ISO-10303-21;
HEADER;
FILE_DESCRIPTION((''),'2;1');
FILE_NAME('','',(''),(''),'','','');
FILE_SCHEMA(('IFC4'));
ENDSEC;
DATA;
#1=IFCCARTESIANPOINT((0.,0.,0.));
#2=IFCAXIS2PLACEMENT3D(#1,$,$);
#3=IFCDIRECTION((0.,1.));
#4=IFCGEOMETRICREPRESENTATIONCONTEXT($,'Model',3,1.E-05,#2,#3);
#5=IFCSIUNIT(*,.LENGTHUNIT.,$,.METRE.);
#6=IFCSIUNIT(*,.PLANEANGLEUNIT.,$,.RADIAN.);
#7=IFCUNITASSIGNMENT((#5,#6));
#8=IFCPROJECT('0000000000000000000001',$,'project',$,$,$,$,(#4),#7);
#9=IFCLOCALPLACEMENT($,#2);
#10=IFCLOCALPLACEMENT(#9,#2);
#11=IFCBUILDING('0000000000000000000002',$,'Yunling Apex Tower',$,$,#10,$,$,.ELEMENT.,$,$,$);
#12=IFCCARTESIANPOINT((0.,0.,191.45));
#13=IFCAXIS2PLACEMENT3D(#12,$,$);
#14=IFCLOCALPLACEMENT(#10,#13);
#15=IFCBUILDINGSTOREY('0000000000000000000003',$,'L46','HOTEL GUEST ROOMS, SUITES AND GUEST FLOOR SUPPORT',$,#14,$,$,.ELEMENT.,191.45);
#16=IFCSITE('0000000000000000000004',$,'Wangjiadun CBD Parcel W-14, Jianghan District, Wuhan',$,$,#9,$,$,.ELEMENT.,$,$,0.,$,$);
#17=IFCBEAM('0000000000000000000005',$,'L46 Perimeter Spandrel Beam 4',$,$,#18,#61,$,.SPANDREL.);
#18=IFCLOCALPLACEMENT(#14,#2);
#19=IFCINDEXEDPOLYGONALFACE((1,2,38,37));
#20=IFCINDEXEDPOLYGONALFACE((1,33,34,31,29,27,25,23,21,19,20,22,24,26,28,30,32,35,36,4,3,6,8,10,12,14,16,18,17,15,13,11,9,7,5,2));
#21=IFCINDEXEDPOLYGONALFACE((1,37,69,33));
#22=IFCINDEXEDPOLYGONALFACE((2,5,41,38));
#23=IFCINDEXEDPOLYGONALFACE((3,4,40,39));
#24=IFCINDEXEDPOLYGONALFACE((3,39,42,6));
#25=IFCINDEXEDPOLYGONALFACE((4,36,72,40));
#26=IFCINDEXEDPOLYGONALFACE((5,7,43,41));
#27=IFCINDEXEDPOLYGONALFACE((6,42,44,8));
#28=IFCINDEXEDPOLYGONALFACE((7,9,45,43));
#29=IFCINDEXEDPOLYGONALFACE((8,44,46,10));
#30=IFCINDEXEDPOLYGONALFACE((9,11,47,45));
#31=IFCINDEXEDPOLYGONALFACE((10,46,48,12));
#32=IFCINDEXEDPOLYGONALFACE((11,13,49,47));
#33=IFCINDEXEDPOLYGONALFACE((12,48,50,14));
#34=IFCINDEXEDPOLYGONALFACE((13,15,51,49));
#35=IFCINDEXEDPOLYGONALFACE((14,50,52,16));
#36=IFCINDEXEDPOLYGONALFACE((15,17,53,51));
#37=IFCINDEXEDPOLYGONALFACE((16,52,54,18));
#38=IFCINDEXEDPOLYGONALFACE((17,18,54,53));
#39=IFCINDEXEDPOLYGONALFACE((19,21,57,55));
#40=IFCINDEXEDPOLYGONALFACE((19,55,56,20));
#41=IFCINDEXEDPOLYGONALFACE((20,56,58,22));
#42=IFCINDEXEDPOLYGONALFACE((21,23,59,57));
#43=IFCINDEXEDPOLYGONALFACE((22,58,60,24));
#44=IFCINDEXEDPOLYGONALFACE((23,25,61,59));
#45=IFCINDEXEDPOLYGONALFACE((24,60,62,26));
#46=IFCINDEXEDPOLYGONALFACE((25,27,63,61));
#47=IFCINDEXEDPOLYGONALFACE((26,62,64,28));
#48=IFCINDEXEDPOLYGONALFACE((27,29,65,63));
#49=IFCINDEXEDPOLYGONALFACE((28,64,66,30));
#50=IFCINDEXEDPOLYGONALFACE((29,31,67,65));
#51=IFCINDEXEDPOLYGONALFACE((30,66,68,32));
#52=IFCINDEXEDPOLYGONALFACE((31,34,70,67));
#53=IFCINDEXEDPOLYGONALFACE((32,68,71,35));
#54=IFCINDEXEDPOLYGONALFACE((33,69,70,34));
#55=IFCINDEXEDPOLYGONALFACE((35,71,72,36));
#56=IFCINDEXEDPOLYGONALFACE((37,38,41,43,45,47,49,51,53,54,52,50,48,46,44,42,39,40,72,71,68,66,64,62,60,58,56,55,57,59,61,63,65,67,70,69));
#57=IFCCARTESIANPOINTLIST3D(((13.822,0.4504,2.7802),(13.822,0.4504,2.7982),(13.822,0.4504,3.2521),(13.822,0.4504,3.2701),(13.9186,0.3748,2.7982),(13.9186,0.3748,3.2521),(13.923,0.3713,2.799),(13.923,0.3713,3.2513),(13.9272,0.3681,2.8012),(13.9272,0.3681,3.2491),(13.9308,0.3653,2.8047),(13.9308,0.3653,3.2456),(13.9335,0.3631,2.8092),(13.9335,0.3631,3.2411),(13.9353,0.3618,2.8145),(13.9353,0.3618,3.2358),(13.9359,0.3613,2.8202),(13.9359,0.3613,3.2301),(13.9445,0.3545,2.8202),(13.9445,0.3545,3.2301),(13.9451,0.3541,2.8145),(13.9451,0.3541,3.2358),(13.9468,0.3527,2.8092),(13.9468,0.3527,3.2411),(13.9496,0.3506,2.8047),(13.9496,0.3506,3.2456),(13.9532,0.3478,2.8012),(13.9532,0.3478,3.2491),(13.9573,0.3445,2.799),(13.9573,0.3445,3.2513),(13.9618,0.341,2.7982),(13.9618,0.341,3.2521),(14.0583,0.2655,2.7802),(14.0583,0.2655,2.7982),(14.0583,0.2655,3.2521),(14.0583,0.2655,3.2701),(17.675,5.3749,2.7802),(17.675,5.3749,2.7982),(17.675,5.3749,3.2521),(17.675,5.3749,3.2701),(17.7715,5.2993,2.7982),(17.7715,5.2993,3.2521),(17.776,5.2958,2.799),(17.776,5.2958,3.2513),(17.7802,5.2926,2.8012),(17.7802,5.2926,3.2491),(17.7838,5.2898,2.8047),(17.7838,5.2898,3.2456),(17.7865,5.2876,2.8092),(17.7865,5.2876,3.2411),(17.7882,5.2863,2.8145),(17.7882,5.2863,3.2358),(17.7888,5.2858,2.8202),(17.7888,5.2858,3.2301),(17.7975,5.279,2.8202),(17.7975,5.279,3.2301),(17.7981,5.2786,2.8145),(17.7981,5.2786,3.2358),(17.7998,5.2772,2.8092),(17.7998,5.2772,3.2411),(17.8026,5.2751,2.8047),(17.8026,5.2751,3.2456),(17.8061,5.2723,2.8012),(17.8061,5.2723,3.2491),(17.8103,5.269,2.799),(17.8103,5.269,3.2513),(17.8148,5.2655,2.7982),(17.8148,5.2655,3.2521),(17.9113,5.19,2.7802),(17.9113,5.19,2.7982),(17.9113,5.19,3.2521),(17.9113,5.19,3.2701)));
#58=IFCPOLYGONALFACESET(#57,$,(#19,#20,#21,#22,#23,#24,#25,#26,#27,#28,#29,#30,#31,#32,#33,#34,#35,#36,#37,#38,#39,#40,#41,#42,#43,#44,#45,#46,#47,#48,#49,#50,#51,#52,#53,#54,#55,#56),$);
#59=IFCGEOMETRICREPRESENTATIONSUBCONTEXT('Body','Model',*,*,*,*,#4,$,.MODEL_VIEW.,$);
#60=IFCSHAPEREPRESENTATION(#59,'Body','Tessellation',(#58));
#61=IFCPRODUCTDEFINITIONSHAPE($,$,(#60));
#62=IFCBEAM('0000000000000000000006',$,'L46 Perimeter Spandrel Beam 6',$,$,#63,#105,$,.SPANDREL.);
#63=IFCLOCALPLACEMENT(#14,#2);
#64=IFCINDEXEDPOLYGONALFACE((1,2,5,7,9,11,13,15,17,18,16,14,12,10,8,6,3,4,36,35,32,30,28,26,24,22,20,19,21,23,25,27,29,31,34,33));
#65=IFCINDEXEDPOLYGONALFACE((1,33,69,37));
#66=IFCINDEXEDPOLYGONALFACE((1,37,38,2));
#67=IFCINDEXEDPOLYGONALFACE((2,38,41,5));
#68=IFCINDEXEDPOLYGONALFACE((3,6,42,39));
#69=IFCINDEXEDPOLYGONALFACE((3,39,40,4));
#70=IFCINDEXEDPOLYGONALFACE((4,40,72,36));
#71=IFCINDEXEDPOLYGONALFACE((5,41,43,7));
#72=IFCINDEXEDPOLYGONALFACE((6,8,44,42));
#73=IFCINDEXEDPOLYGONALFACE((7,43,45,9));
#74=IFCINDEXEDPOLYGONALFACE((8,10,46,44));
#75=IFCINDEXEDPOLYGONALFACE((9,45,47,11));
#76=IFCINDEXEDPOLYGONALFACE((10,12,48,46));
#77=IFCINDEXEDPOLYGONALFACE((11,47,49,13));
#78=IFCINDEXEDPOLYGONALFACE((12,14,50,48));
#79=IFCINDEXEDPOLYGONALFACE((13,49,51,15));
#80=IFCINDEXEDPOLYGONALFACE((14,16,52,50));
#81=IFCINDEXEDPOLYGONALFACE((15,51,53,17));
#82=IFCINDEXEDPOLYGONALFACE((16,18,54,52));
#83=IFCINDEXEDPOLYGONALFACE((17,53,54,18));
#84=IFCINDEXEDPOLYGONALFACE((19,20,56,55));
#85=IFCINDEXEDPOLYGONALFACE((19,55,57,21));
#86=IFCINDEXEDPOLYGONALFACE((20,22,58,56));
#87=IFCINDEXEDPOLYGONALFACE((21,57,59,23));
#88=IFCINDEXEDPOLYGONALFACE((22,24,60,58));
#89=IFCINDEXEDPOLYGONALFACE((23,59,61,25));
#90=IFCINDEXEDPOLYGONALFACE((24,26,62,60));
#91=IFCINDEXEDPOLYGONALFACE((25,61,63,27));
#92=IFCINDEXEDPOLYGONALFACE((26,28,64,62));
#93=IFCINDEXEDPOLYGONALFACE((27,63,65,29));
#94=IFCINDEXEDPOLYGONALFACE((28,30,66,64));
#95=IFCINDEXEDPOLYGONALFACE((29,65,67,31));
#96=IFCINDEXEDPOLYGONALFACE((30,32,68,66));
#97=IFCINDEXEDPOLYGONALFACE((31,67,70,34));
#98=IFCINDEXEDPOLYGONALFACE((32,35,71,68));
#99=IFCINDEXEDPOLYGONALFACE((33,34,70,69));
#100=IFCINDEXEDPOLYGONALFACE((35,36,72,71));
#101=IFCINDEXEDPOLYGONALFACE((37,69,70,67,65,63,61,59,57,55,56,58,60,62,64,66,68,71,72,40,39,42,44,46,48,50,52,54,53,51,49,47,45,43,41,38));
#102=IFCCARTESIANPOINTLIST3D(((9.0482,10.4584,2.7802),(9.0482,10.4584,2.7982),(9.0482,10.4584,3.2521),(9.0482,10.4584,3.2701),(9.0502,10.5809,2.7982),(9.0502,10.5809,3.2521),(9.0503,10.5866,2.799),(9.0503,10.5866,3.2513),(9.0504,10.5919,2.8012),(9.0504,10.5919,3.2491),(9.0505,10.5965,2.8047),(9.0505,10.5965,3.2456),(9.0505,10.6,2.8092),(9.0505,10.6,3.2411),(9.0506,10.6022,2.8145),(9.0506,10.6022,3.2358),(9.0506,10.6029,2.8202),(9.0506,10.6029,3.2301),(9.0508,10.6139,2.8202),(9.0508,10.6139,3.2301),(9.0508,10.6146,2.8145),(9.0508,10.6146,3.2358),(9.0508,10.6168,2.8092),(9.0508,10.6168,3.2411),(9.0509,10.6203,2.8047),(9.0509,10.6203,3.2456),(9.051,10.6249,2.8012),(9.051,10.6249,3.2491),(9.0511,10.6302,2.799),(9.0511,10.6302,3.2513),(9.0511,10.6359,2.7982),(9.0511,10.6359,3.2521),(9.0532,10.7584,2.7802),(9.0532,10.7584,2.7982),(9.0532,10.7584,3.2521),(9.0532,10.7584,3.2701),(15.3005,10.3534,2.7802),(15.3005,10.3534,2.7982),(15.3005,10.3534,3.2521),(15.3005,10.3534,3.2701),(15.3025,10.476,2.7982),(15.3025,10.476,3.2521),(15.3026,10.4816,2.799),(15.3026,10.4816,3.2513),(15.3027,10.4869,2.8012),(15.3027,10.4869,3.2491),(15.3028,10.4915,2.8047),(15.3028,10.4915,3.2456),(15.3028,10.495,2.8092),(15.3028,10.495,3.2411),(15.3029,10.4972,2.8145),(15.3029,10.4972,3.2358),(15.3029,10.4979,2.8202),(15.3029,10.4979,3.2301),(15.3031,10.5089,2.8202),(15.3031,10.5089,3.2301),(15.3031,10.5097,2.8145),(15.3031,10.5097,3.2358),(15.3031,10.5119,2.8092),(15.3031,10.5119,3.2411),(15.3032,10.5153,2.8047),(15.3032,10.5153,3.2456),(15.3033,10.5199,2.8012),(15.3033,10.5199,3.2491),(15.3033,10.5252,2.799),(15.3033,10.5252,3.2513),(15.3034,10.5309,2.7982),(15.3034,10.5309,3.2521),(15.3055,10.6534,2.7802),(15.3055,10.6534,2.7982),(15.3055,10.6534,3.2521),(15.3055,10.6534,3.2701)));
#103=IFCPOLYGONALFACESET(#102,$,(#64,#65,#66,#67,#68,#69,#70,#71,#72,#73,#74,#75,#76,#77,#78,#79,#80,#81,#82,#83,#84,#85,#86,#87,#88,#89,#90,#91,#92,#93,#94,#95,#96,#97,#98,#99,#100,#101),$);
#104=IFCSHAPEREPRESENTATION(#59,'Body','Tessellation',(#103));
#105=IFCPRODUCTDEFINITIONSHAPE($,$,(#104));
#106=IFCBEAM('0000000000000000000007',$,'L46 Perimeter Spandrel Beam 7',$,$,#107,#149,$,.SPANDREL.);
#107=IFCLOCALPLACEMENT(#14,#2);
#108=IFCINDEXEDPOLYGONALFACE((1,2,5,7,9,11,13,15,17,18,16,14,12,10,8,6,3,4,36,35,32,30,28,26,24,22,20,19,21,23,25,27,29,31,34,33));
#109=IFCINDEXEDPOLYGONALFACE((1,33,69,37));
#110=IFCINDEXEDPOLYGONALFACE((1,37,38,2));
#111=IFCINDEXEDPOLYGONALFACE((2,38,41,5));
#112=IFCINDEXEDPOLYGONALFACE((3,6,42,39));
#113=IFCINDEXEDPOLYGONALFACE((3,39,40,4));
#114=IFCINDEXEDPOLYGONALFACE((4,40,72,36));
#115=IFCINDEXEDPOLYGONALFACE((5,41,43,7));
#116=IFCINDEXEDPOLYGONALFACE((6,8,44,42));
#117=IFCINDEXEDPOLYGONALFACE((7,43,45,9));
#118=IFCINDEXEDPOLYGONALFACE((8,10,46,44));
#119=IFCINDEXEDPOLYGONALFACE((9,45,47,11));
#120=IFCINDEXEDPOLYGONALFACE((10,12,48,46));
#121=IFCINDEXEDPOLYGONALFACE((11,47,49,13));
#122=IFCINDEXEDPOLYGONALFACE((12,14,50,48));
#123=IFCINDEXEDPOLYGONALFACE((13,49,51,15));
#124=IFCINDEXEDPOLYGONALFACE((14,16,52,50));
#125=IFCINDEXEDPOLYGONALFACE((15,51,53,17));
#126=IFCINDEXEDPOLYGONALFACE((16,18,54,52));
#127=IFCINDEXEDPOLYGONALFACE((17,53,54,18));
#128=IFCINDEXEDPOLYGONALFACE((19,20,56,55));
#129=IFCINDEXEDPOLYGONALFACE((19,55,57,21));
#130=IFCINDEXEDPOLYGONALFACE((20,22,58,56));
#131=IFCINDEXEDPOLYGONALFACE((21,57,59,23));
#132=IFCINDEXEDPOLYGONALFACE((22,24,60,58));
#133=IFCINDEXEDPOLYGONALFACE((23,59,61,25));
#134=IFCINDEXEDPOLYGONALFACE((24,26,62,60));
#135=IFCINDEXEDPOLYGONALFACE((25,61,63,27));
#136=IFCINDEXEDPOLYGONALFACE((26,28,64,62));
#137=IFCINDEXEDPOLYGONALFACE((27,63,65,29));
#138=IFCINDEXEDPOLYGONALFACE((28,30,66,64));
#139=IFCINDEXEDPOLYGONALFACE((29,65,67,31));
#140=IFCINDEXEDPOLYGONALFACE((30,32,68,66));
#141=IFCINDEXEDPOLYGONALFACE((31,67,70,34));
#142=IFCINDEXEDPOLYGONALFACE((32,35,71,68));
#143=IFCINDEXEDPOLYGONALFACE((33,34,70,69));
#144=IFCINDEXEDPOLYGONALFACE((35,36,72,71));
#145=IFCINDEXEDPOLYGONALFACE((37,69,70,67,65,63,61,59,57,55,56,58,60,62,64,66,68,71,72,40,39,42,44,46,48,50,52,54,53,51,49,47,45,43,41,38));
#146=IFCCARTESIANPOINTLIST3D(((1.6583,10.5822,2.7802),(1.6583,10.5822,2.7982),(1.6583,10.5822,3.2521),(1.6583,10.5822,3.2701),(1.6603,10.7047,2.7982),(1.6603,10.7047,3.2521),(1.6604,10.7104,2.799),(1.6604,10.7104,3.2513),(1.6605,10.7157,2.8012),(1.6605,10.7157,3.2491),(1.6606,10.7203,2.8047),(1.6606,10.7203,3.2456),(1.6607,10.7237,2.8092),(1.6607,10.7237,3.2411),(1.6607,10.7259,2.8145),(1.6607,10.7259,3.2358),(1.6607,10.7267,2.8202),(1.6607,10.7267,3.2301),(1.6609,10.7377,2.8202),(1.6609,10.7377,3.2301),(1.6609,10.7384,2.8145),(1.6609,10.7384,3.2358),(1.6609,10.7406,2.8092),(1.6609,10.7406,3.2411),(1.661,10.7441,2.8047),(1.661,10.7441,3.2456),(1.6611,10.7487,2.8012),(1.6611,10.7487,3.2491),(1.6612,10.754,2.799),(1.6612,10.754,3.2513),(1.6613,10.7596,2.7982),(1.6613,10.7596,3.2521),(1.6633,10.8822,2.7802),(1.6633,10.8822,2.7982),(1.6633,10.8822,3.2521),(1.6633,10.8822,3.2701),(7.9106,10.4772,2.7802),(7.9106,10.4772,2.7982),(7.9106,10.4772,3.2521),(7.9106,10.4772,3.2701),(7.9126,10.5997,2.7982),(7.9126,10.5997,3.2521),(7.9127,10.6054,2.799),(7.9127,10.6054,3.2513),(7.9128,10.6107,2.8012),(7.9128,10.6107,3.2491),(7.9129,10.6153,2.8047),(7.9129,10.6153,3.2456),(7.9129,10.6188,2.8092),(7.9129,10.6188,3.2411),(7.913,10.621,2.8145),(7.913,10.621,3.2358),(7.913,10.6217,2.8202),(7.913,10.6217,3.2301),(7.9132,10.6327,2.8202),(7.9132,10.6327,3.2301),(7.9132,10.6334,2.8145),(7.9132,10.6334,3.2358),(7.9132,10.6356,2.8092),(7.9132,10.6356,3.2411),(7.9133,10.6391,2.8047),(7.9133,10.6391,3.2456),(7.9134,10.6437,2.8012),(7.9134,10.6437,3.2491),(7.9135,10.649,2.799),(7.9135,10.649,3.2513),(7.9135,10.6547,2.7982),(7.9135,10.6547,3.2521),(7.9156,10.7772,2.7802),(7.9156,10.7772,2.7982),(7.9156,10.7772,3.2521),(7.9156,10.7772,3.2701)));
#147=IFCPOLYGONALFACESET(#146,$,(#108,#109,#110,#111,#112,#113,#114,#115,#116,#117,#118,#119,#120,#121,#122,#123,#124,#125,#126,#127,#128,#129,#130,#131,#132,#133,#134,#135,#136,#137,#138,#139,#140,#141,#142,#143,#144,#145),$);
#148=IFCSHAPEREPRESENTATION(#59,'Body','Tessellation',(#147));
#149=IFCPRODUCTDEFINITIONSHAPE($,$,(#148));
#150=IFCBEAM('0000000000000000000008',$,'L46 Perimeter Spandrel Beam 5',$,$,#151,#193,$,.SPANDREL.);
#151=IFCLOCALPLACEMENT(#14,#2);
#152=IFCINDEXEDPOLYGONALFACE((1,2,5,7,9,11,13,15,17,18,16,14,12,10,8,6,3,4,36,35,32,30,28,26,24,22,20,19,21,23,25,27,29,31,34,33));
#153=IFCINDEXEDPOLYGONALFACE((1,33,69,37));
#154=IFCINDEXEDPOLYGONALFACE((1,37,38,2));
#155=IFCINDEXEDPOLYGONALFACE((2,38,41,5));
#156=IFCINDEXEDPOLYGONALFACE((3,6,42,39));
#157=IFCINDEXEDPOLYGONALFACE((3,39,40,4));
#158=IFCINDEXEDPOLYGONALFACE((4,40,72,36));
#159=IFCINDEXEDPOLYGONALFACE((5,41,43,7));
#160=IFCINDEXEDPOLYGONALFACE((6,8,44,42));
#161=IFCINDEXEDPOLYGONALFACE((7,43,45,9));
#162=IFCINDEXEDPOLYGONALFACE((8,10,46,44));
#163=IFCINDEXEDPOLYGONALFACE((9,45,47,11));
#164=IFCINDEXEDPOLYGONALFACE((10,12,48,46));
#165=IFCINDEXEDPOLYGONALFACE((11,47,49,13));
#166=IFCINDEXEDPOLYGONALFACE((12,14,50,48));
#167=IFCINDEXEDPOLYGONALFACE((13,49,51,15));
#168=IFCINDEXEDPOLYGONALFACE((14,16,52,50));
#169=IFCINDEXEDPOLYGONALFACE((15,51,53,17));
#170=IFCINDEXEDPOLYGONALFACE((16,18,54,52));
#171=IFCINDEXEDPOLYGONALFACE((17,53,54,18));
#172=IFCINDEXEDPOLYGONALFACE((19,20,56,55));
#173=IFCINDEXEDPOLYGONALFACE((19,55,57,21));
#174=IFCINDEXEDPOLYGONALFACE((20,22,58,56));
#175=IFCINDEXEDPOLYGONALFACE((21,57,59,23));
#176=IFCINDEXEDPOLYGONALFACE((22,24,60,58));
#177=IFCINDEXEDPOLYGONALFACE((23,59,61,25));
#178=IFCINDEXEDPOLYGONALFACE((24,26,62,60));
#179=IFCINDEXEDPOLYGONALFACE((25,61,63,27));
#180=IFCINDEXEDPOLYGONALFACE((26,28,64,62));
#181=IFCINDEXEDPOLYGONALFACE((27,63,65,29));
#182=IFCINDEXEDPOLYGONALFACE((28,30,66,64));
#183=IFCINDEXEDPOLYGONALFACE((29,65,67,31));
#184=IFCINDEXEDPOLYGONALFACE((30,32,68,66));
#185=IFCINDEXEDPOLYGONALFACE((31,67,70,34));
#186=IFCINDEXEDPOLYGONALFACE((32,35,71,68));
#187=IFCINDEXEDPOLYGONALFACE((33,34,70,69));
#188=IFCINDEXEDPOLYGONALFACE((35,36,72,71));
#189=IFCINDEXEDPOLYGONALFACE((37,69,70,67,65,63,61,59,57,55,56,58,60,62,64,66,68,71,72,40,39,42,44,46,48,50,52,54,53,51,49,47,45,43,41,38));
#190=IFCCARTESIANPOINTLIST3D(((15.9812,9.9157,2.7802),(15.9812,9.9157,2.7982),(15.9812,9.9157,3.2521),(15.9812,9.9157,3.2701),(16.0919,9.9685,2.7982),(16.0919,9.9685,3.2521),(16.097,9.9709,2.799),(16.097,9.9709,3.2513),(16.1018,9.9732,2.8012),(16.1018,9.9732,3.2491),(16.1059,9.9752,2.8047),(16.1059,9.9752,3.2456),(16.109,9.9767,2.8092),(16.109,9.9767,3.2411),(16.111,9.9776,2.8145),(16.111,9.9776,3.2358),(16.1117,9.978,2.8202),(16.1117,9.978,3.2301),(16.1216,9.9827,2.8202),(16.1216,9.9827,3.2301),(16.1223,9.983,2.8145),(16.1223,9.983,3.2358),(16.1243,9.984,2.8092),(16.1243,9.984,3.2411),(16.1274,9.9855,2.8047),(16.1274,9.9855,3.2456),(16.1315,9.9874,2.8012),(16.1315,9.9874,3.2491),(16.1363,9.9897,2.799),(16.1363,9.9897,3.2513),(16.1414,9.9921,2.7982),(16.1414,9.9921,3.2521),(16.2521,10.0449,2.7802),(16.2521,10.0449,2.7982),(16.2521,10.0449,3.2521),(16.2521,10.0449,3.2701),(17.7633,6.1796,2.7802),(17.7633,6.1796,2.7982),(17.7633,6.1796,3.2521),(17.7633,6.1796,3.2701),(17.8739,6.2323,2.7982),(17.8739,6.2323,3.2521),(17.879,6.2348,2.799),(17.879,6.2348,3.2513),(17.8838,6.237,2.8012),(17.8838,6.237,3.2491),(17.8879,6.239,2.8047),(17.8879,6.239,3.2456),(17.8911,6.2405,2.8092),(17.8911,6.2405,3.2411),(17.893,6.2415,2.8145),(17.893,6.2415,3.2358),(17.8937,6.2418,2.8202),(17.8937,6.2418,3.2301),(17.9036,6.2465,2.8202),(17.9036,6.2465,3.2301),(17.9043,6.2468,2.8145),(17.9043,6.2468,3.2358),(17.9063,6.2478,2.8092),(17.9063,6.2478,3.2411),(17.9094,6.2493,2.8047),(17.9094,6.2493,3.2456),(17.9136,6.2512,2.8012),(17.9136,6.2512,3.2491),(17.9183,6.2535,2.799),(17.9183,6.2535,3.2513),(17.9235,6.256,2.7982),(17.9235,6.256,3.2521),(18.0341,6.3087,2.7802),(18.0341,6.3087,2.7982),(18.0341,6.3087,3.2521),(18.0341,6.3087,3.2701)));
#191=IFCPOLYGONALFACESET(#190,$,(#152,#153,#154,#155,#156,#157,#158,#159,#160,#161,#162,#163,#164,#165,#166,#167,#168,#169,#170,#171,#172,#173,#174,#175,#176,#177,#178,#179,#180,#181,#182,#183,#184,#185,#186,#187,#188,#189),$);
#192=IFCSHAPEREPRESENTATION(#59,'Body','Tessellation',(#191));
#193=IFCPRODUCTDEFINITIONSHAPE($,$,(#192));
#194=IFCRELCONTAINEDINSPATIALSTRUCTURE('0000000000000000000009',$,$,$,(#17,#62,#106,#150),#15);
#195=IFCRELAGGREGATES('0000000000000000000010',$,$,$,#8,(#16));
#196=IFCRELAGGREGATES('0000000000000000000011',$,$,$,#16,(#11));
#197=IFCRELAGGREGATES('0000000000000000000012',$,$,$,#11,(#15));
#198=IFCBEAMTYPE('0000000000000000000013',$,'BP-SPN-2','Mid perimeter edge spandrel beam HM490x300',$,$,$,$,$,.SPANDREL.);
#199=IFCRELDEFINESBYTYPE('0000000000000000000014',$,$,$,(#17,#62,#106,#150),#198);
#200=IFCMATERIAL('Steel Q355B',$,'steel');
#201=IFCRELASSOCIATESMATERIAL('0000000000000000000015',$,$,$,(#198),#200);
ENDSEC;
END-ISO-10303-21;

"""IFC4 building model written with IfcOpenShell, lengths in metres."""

from ifc_helpers import new_model, si_unit, direction, frame, origin, origin_2d, place, context, subcontext, project, spatial, i_section, extrude, source, transform, mapped, material, material_profile, profile_set, type_object, element, save


model = new_model("IFC4")

# Units and contexts
model_context = context("Model", 3, precision=1e-05, world=origin(), true_north=direction((0.0, 1.0)))
body_context = subcontext(model_context, "Body", "Model", "MODEL_VIEW")
ifc_project = project(units=[si_unit("LENGTHUNIT", "METRE"), si_unit("PLANEANGLEUNIT", "RADIAN")], contexts=[model_context])

# Site, building, storey
site_placement = place(None, origin())
site = spatial("IfcSite", under=ifc_project, at=site_placement, Name="Wangjiadun CBD Parcel W-14, Jianghan District, Wuhan", CompositionType="ELEMENT", RefElevation=0.0)
building_placement = place(site_placement, origin())
building = spatial("IfcBuilding", under=site, at=building_placement, Name="Yunling Apex Tower", CompositionType="ELEMENT")
storey_placement = place(building_placement, frame((0.0, 0.0, 191.45)))
storey = spatial("IfcBuildingStorey", under=building, at=storey_placement, Name="L46", Description="HOTEL GUEST ROOMS, SUITES AND GUEST FLOOR SUPPORT", CompositionType="ELEMENT", Elevation=191.45)

# Beams
ifc_material_1 = material(Name="Steel Q355B", Category="steel")
ifc_material_profile_1 = material_profile(ifc_material_1, i_section(OverallWidth=0.3, OverallDepth=0.49, WebThickness=0.011, FlangeThickness=0.0181, FilletRadius=0.022, at=origin_2d()))
ifc_profile_set_1 = profile_set([ifc_material_profile_1], Name="Steel Q355B")
beam_type_1 = type_object("IfcBeamType", Name="BP-SPN-2", Description="Mid perimeter edge spandrel beam HM490x300", PredefinedType="SPANDREL", material=ifc_profile_set_1)
shared_shape_1 = source(origin(), body_context, "Body", "SweptSolid", [
    extrude(i_section(OverallWidth=0.3, OverallDepth=0.49, WebThickness=0.011, FlangeThickness=0.0181, FilletRadius=0.022, at=origin_2d()), origin(), (0.0, 0.0, 1.0), 6.2527),
])
beam_1_placement = place(storey_placement, frame((13.9402, 0.3579, 3.0251), z_axis=(0.616211, 0.787581, 0.0), x_axis=(-0.787581, 0.616211, 0.0)))
element("IfcBeam", 1, at=beam_1_placement, inside=storey, type_object=beam_type_1, Name="L46 Perimeter Spandrel Beam 4", PredefinedType="SPANDREL", context=body_context, shape_type="MappedRepresentation", body=[
    mapped(shared_shape_1, transform((0.0, 0.0, 0.0), scale=1.0)),
])
shared_shape_2 = source(origin(), body_context, "Body", "SweptSolid", [
    extrude(i_section(OverallWidth=0.3, OverallDepth=0.49, WebThickness=0.011, FlangeThickness=0.0181, FilletRadius=0.022, at=origin_2d()), origin(), (0.0, 0.0, 1.0), 6.2532),
])
for number, where, z_axis, x_axis, name in (
    (2, (15.303, 10.5034, 3.0251), (-0.999859, 0.016789, 0.0), (-0.016789, -0.999859, 0.0), "L46 Perimeter Spandrel Beam 6"),
    (3, (7.9131, 10.6272, 3.0251), (-0.999859, 0.016789, 0.0), (-0.016789, -0.999859, 0.0), "L46 Perimeter Spandrel Beam 7"),
):
    element("IfcBeam", number, at=place(storey_placement, frame(where, z_axis=z_axis, x_axis=x_axis)), inside=storey, type_object=beam_type_1, Name=name, PredefinedType="SPANDREL", context=body_context, shape_type="MappedRepresentation", body=[
        mapped(shared_shape_2, transform((0.0, 0.0, 0.0), scale=1.0)),
    ])
shared_shape_3 = source(origin(), body_context, "Body", "SweptSolid", [
    extrude(i_section(OverallWidth=0.3, OverallDepth=0.49, WebThickness=0.011, FlangeThickness=0.0181, FilletRadius=0.022, at=origin_2d()), origin(), (0.0, 0.0, 1.0), 4.1394),
])
beam_2_placement = place(storey_placement, frame((17.8987, 6.2441, 3.0251), z_axis=(-0.430504, 0.902589, 0.0), x_axis=(-0.902589, -0.430504, 0.0)))
element("IfcBeam", 4, at=beam_2_placement, inside=storey, type_object=beam_type_1, Name="L46 Perimeter Spandrel Beam 5", PredefinedType="SPANDREL", context=body_context, shape_type="MappedRepresentation", body=[
    mapped(shared_shape_3, transform((0.0, 0.0, 0.0), scale=1.0)),
])

save(model, "model.ifc")
